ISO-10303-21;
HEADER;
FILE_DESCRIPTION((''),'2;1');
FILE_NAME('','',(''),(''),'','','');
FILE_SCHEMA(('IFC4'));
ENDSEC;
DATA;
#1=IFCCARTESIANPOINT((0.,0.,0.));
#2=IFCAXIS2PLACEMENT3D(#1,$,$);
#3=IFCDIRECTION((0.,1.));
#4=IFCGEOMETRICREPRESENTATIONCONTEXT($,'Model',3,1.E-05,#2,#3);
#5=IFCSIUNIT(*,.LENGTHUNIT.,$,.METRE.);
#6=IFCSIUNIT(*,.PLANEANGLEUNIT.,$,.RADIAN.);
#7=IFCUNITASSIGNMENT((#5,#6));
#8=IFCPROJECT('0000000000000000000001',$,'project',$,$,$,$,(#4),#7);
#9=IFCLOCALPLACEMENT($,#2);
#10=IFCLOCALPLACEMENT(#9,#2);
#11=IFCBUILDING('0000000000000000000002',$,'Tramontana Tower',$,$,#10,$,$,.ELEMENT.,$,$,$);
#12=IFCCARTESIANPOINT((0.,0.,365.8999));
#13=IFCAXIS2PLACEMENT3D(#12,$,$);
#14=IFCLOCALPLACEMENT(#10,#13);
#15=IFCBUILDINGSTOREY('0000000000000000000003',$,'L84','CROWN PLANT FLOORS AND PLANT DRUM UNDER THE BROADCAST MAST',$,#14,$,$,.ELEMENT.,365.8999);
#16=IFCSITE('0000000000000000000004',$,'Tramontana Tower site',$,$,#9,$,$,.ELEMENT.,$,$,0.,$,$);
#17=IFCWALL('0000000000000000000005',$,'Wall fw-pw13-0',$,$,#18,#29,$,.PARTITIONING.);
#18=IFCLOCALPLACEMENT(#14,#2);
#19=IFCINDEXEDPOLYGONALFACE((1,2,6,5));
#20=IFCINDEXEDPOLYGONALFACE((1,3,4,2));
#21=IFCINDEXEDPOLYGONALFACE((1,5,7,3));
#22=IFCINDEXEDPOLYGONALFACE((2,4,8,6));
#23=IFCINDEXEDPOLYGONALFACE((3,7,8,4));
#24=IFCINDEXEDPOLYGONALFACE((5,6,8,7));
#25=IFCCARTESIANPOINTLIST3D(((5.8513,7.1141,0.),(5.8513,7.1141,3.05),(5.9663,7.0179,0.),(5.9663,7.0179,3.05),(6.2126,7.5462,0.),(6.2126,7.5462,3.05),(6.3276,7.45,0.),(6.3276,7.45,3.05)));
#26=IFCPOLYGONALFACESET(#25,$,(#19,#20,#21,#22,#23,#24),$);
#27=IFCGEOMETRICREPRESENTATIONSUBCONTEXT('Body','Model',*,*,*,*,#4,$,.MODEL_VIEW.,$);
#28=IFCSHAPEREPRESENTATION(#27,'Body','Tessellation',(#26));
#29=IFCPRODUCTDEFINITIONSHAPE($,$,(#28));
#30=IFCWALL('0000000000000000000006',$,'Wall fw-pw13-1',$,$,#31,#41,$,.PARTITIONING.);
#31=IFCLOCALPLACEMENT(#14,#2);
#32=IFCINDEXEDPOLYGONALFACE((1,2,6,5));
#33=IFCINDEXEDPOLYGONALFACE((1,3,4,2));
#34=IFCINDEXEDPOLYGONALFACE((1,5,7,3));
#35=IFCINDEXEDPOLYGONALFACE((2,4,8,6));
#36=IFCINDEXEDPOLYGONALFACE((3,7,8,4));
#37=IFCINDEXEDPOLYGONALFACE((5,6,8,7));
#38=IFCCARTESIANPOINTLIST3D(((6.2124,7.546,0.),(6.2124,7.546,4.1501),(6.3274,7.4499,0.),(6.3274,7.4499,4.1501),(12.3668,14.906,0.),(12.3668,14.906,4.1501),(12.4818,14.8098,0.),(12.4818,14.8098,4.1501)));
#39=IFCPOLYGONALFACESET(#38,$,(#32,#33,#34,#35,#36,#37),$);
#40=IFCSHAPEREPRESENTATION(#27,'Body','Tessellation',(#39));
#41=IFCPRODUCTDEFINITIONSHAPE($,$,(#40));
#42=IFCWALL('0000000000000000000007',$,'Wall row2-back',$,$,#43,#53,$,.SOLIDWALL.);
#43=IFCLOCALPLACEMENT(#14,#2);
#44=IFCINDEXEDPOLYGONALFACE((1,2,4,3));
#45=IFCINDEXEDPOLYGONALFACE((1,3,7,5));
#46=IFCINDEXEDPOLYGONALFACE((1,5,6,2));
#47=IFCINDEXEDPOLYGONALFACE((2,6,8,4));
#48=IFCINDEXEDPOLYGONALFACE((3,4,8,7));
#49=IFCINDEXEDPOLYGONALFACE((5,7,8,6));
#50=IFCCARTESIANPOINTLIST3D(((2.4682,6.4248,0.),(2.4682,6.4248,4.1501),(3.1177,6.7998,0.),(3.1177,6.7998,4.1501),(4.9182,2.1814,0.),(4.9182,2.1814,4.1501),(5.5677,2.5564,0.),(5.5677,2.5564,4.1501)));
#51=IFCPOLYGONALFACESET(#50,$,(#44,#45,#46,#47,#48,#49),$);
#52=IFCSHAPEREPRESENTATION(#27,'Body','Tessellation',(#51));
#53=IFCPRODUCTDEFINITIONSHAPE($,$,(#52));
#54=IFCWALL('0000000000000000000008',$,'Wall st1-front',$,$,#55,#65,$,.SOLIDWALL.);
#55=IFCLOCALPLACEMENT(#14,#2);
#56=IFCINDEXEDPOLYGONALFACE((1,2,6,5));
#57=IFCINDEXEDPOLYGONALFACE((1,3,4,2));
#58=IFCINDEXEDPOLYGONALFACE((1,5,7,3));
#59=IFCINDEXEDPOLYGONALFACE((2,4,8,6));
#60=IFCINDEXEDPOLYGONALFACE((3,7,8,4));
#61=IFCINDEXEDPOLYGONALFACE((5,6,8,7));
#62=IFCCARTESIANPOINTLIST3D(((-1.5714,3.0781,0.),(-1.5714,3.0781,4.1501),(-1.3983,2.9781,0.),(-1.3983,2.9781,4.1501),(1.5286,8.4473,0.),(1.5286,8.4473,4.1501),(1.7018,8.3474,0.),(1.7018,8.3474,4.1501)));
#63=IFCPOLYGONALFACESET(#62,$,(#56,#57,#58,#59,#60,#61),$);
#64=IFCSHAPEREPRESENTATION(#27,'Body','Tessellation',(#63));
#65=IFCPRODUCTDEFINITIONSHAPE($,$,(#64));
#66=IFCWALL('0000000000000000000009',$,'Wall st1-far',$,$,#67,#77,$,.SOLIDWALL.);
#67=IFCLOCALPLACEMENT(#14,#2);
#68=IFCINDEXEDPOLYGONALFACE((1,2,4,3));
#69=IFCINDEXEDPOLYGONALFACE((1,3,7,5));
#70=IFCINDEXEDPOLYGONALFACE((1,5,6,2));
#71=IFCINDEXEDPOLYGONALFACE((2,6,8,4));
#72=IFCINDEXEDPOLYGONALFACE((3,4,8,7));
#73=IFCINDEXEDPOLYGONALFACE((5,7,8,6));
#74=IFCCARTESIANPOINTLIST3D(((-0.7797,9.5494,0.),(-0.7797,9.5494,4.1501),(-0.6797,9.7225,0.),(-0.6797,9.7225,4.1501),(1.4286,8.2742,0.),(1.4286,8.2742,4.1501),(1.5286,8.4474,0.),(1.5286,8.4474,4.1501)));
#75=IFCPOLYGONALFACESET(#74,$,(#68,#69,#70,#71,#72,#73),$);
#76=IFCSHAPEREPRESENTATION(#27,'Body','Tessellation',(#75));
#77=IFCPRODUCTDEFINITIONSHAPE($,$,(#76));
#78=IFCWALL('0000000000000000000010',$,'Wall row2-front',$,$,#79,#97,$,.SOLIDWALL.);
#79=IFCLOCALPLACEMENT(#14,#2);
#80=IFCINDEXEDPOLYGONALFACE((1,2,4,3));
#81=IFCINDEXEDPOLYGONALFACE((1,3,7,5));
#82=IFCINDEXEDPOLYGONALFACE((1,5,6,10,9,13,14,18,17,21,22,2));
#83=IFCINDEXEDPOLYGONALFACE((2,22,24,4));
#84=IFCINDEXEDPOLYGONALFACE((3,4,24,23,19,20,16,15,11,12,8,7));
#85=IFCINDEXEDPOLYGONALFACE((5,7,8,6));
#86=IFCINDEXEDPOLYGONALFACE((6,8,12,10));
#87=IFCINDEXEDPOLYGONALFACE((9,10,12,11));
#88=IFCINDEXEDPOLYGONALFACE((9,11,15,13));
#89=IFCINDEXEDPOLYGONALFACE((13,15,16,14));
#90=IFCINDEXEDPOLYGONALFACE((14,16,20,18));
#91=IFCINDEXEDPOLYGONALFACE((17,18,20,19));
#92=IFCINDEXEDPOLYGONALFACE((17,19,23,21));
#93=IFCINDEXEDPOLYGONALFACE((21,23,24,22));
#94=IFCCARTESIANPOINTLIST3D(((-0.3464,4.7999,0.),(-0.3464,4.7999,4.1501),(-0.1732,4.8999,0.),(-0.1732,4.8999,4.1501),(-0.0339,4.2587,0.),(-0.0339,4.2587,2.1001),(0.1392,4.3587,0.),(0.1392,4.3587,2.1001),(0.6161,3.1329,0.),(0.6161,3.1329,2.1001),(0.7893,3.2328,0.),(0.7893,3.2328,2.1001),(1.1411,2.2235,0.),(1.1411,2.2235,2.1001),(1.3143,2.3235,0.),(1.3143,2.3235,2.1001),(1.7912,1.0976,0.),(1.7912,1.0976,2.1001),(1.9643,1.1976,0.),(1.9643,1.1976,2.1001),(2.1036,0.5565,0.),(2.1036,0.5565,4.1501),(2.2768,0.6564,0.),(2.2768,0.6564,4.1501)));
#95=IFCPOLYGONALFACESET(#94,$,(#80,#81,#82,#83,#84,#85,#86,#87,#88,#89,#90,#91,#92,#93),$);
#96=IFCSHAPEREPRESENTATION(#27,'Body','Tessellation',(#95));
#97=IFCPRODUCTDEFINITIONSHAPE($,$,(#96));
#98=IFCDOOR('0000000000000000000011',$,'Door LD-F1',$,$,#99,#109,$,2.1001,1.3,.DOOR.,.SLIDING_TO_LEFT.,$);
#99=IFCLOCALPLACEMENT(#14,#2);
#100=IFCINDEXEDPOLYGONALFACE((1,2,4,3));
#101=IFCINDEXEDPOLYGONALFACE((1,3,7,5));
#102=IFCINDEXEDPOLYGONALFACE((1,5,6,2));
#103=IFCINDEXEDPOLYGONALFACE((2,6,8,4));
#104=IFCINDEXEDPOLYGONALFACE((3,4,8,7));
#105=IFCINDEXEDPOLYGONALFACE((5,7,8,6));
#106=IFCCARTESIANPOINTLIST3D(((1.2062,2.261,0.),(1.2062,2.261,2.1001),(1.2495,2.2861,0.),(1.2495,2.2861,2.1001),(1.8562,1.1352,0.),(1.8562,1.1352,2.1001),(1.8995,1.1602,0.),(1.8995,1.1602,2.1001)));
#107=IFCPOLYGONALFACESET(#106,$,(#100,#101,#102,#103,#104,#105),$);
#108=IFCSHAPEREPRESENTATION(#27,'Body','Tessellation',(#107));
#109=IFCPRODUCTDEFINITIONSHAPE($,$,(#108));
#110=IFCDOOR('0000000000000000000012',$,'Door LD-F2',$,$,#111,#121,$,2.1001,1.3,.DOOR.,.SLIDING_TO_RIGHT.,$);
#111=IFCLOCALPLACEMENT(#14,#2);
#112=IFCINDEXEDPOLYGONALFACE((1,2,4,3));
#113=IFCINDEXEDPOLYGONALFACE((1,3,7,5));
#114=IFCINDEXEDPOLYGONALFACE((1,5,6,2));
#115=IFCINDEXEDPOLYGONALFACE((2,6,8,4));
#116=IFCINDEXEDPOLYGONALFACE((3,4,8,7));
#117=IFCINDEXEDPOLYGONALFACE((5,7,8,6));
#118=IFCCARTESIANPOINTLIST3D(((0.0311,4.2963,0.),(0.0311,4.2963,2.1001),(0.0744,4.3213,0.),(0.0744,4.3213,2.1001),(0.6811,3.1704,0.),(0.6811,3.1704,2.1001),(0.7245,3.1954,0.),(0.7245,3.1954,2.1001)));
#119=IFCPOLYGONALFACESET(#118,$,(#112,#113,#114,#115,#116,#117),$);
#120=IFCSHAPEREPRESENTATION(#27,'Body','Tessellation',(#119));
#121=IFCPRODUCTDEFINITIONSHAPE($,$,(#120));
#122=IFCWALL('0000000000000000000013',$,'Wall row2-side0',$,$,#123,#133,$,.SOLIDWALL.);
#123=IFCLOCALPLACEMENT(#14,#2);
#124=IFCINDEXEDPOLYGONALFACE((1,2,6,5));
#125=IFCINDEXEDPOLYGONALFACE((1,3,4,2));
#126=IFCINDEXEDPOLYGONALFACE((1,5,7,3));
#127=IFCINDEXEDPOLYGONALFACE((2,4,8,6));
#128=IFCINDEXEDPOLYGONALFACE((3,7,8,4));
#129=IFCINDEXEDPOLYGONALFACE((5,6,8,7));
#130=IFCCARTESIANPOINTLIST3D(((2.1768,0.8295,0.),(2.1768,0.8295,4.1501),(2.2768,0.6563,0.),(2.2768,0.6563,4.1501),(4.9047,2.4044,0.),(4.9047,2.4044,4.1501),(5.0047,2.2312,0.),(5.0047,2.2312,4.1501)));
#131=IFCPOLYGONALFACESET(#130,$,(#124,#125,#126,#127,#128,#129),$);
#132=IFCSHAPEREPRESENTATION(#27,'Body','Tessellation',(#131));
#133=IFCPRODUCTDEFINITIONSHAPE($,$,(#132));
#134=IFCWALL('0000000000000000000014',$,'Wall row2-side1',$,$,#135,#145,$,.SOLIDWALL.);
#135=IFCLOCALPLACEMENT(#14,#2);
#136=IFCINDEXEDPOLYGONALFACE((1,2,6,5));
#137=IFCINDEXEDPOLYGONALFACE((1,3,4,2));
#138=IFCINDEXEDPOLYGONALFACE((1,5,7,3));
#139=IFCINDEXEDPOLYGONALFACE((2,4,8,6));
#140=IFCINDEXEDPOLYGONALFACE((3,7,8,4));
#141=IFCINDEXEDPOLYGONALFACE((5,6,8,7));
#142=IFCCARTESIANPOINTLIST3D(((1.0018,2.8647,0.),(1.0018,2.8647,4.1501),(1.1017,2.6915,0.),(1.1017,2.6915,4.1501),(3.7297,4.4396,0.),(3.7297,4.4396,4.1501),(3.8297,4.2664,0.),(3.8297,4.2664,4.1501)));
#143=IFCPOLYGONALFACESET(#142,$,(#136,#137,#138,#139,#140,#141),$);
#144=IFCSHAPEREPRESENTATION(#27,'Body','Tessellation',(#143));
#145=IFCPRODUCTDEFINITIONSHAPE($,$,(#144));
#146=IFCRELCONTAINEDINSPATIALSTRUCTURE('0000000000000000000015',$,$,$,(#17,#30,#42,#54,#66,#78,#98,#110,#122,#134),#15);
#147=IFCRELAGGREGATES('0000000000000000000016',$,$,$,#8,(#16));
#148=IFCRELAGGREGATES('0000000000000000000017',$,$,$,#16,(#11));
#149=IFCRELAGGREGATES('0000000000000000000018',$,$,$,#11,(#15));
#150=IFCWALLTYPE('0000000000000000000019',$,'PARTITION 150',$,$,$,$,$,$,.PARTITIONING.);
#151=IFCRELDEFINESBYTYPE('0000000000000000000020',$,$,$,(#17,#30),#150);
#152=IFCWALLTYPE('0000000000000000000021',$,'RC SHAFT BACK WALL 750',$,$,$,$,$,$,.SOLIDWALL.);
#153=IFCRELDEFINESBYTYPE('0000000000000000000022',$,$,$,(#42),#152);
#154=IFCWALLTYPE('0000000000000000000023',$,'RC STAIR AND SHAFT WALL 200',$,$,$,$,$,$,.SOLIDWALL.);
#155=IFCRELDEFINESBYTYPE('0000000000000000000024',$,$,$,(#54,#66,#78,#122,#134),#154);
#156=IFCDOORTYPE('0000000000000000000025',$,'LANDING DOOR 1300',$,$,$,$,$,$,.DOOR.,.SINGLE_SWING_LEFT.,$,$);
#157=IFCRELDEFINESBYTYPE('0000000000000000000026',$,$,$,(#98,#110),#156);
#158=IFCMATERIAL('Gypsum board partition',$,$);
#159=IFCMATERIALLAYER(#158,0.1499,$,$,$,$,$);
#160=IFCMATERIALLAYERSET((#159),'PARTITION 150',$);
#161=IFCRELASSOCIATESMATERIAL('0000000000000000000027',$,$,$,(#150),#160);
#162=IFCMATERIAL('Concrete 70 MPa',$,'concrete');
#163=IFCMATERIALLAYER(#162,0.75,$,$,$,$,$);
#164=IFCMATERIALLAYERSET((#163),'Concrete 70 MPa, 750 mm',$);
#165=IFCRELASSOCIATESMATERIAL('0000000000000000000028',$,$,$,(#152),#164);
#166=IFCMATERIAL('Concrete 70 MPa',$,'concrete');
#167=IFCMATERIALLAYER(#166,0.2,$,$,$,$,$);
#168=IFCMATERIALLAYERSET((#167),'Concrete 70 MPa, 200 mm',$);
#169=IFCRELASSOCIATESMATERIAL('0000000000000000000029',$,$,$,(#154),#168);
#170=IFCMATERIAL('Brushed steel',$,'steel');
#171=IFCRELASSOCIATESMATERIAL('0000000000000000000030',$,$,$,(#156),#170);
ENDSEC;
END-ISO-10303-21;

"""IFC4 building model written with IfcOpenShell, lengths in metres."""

from ifc_helpers import new_model, si_unit, direction, frame, frame_2d, origin, place, context, subcontext, project, spatial, rectangle, extrude, material, layer, layer_set, type_object, element, fill, save


model = new_model("IFC4")

# Units and contexts
model_context = context("Model", 3, precision=1e-05, world=origin(), true_north=direction((0.0, 1.0)))
body_context = subcontext(model_context, "Body", "Model", "MODEL_VIEW")
ifc_project = project(units=[si_unit("LENGTHUNIT", "METRE"), si_unit("PLANEANGLEUNIT", "RADIAN")], contexts=[model_context])

# Site, building, storey
site_placement = place(None, origin())
site = spatial("IfcSite", under=ifc_project, at=site_placement, Name="Tramontana Tower site", CompositionType="ELEMENT", RefElevation=0.0)
building_placement = place(site_placement, origin())
building = spatial("IfcBuilding", under=site, at=building_placement, Name="Tramontana Tower", CompositionType="ELEMENT")
storey_placement = place(building_placement, frame((0.0, 0.0, 365.8999)))
storey = spatial("IfcBuildingStorey", under=building, at=storey_placement, Name="L84", Description="CROWN PLANT FLOORS AND PLANT DRUM UNDER THE BROADCAST MAST", CompositionType="ELEMENT", Elevation=365.8999)

# Walls
ifc_material_1 = material(Name="Gypsum board partition")
ifc_layer_1 = layer(ifc_material_1, 0.1499)
ifc_layer_set_1 = layer_set([ifc_layer_1], Name="PARTITION 150")
wall_type_1 = type_object("IfcWallType", Name="PARTITION 150", PredefinedType="PARTITIONING", material=ifc_layer_set_1)
wall_1_placement = place(storey_placement, frame((5.9087, 7.0659, 0.0), z_axis=(0.0, 0.0, 1.0), x_axis=(0.641462, 0.767154, 0.0)))
element("IfcWall", 1, at=wall_1_placement, inside=storey, type_object=wall_type_1, Name="Wall fw-pw13-0", PredefinedType="PARTITIONING", context=body_context, shape_type="SweptSolid", body=[
    extrude(rectangle(XDim=0.5632, YDim=0.1499, at=frame_2d((0.2817, 0.0))), origin(), (0.0, 0.0, 1.0), 3.05),
])
wall_2_placement = place(storey_placement, frame((6.27, 7.498, 0.0), z_axis=(0.0, 0.0, 1.0), x_axis=(0.64148, 0.76714, 0.0)))
element("IfcWall", 2, at=wall_2_placement, inside=storey, type_object=wall_type_1, Name="Wall fw-pw13-1", PredefinedType="PARTITIONING", context=body_context, shape_type="SweptSolid", body=[
    extrude(rectangle(XDim=9.594, YDim=0.1499, at=frame_2d((4.7969, 0.0))), origin(), (0.0, 0.0, 1.0), 4.1501),
])
ifc_material_2 = material(Name="Concrete 70 MPa", Category="concrete")
ifc_layer_2 = layer(ifc_material_2, 0.75)
ifc_layer_set_2 = layer_set([ifc_layer_2], Name="Concrete 70 MPa, 750 mm")
wall_type_2 = type_object("IfcWallType", Name="RC SHAFT BACK WALL 750", PredefinedType="SOLIDWALL", material=ifc_layer_set_2)
wall_3_placement = place(storey_placement, frame((5.2429, 2.3689, 0.0), z_axis=(0.0, 0.0, 1.0), x_axis=(-0.500003, 0.866024, 0.0)))
element("IfcWall", 3, at=wall_3_placement, inside=storey, type_object=wall_type_2, Name="Wall row2-back", PredefinedType="SOLIDWALL", context=body_context, shape_type="SweptSolid", body=[
    extrude(rectangle(XDim=4.8999, YDim=0.75, at=frame_2d((2.45, 0.0))), origin(), (0.0, 0.0, 1.0), 4.1501),
])
ifc_material_3 = material(Name="Concrete 70 MPa", Category="concrete")
ifc_layer_3 = layer(ifc_material_3, 0.2)
ifc_layer_set_3 = layer_set([ifc_layer_3], Name="Concrete 70 MPa, 200 mm")
wall_type_3 = type_object("IfcWallType", Name="RC STAIR AND SHAFT WALL 200", PredefinedType="SOLIDWALL", material=ifc_layer_set_3)
wall_4_placement = place(storey_placement, frame((1.6152, 8.3975, 0.0), z_axis=(0.0, 0.0, 1.0), x_axis=(-0.50001, -0.86602, 0.0)))
element("IfcWall", 4, at=wall_4_placement, inside=storey, type_object=wall_type_3, Name="Wall st1-front", PredefinedType="SOLIDWALL", context=body_context, shape_type="SweptSolid", body=[
    extrude(rectangle(XDim=6.2, YDim=0.2, at=frame_2d((3.1001, 0.0))), origin(), (0.0, 0.0, 1.0), 4.1501),
])
wall_5_placement = place(storey_placement, frame((1.4785, 8.3608, 0.0), z_axis=(0.0, 0.0, 1.0), x_axis=(-0.865989, 0.500062, 0.0)))
element("IfcWall", 5, at=wall_5_placement, inside=storey, type_object=wall_type_3, Name="Wall st1-far", PredefinedType="SOLIDWALL", context=body_context, shape_type="SweptSolid", body=[
    extrude(rectangle(XDim=2.55, YDim=0.2, at=frame_2d((1.2749, 0.0))), origin(), (0.0, 0.0, 1.0), 4.1501),
])

# Wall, openings, doors
wall_6_placement = place(storey_placement, frame((2.1902, 0.6064, 0.0), z_axis=(0.0, 0.0, 1.0), x_axis=(-0.500003, 0.866024, 0.0)))
wall_6 = element("IfcWall", 6, at=wall_6_placement, inside=storey, type_object=wall_type_3, Name="Wall row2-front", PredefinedType="SOLIDWALL", context=body_context, shape_type="SweptSolid", body=[
    extrude(rectangle(XDim=4.8999, YDim=0.2, at=frame_2d((2.45, 0.0))), origin(), (0.0, 0.0, 1.0), 4.1501),
])
opening_1_placement = place(wall_6_placement, frame((0.625, 0.0, 0.0)))
opening_1 = element("IfcOpeningElement", 7, at=opening_1_placement, cuts=wall_6, PredefinedType="OPENING", context=body_context, shape_type="SweptSolid", body=[
    extrude(rectangle(XDim=1.3, YDim=2.1001, at=frame_2d((0.6499, 1.05))), frame((0.0, 0.1099, 0.0), z_axis=(0.0, -1.0, 0.0), x_axis=(1.0, 0.0, 0.0)), (0.0, 0.0, 1.0), 0.22),
])
opening_2_placement = place(wall_6_placement, frame((2.9751, 0.0, 0.0)))
opening_2 = element("IfcOpeningElement", 8, at=opening_2_placement, cuts=wall_6, PredefinedType="OPENING", context=body_context, shape_type="SweptSolid", body=[
    extrude(rectangle(XDim=1.3, YDim=2.1001, at=frame_2d((0.6499, 1.05))), frame((0.0, 0.1099, 0.0), z_axis=(0.0, -1.0, 0.0), x_axis=(1.0, 0.0, 0.0)), (0.0, 0.0, 1.0), 0.22),
])
ifc_material_4 = material(Name="Brushed steel", Category="steel")
door_type_1 = type_object("IfcDoorType", Name="LANDING DOOR 1300", OperationType="SINGLE_SWING_LEFT", PredefinedType="DOOR", material=ifc_material_4)
door_1_placement = place(opening_1_placement, origin())
door_1 = element("IfcDoor", 9, at=door_1_placement, inside=storey, type_object=door_type_1, Name="Door LD-F1", OperationType="SLIDING_TO_LEFT", OverallHeight=2.1001, OverallWidth=1.3, PredefinedType="DOOR", context=body_context, shape_type="SweptSolid", body=[
    extrude(rectangle(XDim=1.3, YDim=2.1001, at=frame_2d((0.6499, 1.05))), frame((0.0, 0.0249, 0.0), z_axis=(0.0, -1.0, 0.0), x_axis=(1.0, 0.0, 0.0)), (0.0, 0.0, 1.0), 0.05),
])
fill(opening_1, door_1)
door_2_placement = place(opening_2_placement, origin())
door_2 = element("IfcDoor", 10, at=door_2_placement, inside=storey, type_object=door_type_1, Name="Door LD-F2", OperationType="SLIDING_TO_RIGHT", OverallHeight=2.1001, OverallWidth=1.3, PredefinedType="DOOR", context=body_context, shape_type="SweptSolid", body=[
    extrude(rectangle(XDim=1.3, YDim=2.1001, at=frame_2d((0.6499, 1.05))), frame((0.0, 0.0249, 0.0), z_axis=(0.0, -1.0, 0.0), x_axis=(1.0, 0.0, 0.0)), (0.0, 0.0, 1.0), 0.05),
])
fill(opening_2, door_2)

# Walls
for number, where, z_axis, x_axis, name in (
    (11, (2.2268, 0.7429, 0.0), (0.0, 0.0, 1.0), (0.866036, 0.499982, 0.0), "Wall row2-side0"),
    (12, (1.0518, 2.7781, 0.0), (0.0, 0.0, 1.0), (0.866036, 0.499982, 0.0), "Wall row2-side1"),
):
    element("IfcWall", number, at=place(storey_placement, frame(where, z_axis=z_axis, x_axis=x_axis)), inside=storey, type_object=wall_type_3, Name=name, PredefinedType="SOLIDWALL", context=body_context, shape_type="SweptSolid", body=[
        extrude(rectangle(XDim=3.1499, YDim=0.2, at=frame_2d((1.575, 0.0))), origin(), (0.0, 0.0, 1.0), 4.1501),
    ])

save(model, "model.ifc")
